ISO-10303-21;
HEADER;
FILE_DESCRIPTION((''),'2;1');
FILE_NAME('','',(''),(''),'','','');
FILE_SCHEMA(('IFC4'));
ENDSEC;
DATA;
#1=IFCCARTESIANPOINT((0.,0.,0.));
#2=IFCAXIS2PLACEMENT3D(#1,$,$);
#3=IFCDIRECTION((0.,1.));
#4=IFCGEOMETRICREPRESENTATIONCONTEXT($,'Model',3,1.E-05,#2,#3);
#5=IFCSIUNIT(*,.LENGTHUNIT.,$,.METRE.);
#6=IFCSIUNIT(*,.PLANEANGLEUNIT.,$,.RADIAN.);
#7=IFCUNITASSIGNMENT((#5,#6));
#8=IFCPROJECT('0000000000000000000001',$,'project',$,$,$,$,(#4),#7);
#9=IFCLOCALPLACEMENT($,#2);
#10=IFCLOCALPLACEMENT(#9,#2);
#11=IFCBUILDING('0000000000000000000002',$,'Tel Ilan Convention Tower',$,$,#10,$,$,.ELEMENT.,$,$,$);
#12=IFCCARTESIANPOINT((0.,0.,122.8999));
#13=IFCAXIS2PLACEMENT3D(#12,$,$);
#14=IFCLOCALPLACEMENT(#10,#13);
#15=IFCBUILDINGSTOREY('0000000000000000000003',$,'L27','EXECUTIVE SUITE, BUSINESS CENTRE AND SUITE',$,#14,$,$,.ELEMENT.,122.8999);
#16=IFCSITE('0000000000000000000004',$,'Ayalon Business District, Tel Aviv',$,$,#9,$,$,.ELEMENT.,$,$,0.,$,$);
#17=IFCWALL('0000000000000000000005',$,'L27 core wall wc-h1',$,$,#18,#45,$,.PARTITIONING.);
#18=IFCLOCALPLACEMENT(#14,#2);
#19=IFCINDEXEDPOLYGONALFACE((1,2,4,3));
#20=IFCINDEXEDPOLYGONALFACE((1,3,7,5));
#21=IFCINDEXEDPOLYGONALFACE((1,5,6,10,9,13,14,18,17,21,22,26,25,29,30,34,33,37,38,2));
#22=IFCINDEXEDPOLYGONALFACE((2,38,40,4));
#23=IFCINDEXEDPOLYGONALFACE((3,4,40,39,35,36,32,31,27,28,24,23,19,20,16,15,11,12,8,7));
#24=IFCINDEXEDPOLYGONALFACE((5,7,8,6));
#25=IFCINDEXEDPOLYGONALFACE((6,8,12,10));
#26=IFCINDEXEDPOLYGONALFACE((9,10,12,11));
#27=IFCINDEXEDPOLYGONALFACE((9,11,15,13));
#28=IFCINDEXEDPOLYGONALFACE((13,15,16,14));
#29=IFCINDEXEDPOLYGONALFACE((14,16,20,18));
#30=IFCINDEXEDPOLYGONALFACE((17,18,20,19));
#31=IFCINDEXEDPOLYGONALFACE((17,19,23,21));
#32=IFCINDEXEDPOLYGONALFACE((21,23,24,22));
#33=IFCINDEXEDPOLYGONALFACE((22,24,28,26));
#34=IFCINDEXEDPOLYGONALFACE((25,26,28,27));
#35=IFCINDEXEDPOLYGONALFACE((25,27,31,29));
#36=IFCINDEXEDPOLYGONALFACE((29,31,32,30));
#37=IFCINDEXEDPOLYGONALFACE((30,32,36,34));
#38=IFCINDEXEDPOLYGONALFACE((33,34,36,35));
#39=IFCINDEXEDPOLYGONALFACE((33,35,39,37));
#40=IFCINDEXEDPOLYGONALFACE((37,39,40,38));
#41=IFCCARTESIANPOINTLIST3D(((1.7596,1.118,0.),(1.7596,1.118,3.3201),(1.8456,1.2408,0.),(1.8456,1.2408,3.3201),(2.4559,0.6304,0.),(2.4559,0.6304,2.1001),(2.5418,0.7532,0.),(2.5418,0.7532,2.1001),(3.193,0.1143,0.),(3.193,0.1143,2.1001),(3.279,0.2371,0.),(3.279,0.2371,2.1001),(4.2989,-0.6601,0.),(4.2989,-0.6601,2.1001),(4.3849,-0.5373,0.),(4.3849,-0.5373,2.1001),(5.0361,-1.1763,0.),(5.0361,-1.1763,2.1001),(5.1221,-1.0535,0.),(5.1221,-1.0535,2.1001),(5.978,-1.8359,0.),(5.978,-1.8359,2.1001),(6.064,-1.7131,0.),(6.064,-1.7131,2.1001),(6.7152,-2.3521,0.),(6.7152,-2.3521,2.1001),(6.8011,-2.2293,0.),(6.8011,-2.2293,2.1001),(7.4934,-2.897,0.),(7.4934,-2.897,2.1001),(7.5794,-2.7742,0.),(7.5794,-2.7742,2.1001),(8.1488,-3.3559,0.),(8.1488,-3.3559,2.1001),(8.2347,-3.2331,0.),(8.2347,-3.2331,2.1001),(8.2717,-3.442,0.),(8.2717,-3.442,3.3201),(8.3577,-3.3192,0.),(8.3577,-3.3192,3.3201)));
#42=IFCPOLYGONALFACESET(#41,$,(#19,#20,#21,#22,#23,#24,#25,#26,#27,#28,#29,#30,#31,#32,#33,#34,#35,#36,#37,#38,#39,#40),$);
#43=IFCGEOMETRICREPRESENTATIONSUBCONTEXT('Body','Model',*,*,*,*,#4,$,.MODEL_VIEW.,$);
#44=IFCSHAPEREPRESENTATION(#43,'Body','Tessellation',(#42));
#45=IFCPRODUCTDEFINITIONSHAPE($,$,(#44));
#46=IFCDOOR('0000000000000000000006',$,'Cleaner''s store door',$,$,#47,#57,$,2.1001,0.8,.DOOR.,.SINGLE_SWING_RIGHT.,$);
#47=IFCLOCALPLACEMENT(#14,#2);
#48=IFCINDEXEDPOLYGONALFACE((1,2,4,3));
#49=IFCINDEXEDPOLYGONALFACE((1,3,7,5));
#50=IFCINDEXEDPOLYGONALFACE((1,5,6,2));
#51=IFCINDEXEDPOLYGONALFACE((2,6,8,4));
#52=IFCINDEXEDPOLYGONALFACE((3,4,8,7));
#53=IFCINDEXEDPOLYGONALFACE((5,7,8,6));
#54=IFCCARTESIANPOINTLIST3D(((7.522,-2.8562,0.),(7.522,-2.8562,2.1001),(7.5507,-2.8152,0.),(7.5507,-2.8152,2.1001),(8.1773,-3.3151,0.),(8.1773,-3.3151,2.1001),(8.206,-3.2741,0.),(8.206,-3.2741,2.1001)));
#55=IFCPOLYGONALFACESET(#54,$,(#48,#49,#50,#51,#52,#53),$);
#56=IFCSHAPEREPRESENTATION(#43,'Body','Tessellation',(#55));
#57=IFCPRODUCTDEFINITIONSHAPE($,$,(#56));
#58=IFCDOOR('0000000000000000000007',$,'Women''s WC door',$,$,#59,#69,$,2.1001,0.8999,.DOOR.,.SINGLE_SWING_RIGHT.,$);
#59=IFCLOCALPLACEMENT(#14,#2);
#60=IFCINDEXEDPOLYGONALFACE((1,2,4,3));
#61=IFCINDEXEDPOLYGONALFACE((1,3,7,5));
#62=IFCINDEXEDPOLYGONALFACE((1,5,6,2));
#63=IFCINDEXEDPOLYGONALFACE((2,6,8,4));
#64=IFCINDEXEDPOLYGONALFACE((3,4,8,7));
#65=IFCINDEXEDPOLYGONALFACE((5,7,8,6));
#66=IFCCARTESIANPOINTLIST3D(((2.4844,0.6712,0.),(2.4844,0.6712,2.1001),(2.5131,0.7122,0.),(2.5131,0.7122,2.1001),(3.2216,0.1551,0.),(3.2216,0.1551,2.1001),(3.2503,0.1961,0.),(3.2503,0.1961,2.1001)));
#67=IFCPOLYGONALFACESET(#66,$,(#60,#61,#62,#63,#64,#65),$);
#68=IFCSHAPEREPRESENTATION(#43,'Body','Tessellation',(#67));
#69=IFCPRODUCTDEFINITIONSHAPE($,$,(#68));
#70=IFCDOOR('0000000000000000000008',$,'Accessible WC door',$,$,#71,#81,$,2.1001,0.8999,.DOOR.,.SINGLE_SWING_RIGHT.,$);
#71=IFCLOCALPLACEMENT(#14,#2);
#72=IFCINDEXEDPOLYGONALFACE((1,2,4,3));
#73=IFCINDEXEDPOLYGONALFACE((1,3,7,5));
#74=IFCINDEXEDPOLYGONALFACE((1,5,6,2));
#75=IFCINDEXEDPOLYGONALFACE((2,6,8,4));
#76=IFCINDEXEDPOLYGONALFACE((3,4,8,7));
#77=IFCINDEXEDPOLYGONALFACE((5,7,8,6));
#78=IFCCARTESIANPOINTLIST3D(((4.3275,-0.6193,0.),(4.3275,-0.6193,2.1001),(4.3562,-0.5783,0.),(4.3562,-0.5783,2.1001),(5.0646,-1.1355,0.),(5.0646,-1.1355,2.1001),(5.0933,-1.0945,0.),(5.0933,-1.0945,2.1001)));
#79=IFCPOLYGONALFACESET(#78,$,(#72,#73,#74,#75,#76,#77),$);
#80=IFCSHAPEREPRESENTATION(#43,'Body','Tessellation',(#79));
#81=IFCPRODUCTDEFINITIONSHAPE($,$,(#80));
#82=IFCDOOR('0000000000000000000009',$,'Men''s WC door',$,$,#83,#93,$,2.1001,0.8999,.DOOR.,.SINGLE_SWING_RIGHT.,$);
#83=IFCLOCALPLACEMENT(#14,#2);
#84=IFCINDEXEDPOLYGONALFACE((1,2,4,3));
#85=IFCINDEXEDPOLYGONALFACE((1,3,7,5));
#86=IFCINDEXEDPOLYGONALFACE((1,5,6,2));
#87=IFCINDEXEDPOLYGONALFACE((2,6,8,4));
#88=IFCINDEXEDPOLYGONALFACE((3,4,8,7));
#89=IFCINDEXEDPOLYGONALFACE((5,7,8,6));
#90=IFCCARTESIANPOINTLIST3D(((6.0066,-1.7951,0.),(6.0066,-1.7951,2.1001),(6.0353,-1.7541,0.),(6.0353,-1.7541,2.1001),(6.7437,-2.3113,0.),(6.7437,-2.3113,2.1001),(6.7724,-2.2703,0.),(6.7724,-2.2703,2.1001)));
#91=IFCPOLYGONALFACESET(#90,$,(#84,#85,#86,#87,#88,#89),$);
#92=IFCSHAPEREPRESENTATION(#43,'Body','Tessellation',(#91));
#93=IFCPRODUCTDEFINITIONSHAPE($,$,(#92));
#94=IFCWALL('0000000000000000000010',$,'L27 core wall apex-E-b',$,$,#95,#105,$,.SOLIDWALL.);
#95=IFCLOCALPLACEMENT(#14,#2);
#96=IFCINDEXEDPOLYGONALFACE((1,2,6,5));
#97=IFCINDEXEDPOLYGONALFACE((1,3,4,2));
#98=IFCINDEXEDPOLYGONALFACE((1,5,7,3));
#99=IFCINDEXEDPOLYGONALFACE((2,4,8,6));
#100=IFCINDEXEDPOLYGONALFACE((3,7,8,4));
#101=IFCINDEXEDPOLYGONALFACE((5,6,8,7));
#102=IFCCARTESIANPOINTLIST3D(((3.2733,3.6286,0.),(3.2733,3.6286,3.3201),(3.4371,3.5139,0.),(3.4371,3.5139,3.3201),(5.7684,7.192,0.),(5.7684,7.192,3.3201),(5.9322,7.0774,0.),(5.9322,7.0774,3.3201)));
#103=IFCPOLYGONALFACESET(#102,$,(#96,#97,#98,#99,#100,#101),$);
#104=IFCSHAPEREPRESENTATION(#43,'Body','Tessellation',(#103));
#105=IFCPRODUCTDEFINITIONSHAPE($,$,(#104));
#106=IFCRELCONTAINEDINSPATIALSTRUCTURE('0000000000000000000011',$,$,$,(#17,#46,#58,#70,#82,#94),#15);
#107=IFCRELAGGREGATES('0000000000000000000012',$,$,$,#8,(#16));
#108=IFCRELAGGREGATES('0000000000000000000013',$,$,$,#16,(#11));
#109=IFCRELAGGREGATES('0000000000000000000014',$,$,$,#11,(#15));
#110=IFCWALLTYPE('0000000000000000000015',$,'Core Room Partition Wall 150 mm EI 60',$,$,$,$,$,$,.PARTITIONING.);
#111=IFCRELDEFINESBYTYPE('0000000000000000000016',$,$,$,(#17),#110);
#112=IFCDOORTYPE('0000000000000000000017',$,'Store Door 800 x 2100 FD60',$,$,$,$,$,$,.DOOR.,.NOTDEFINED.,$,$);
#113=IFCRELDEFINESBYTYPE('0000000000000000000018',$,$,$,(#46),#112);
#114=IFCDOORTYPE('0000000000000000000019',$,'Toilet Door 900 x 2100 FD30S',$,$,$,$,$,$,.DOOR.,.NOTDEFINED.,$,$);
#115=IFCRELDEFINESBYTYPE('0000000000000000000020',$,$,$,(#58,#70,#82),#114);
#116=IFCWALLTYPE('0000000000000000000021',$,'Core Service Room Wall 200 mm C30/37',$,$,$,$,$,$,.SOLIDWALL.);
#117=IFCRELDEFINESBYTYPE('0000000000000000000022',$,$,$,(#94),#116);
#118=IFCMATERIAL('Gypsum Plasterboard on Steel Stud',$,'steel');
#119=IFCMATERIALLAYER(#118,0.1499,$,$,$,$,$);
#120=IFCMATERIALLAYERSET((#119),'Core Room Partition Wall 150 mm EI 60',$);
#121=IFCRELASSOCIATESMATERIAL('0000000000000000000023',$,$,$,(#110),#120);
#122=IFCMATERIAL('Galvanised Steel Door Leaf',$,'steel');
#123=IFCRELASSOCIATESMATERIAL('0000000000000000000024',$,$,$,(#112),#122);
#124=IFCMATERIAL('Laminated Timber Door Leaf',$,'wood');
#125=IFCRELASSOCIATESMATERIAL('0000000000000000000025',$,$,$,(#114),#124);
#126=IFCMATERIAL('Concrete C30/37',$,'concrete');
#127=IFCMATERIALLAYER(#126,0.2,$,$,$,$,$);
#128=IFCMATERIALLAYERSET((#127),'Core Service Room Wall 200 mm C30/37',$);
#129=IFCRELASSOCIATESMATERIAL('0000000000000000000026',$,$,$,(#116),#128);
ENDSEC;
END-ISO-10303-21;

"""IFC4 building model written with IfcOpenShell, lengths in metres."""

from ifc_helpers import new_model, si_unit, direction, frame, frame_2d, origin, place, context, subcontext, project, spatial, rectangle, extrude, material, layer, layer_set, type_object, element, fill, save


model = new_model("IFC4")

# Units and contexts
model_context = context("Model", 3, precision=1e-05, world=origin(), true_north=direction((0.0, 1.0)))
body_context = subcontext(model_context, "Body", "Model", "MODEL_VIEW")
ifc_project = project(units=[si_unit("LENGTHUNIT", "METRE"), si_unit("PLANEANGLEUNIT", "RADIAN")], contexts=[model_context])

# Site, building, storey
site_placement = place(None, origin())
site = spatial("IfcSite", under=ifc_project, at=site_placement, Name="Ayalon Business District, Tel Aviv", CompositionType="ELEMENT", RefElevation=0.0)
building_placement = place(site_placement, origin())
building = spatial("IfcBuilding", under=site, at=building_placement, Name="Tel Ilan Convention Tower", CompositionType="ELEMENT")
storey_placement = place(building_placement, frame((0.0, 0.0, 122.8999)))
storey = spatial("IfcBuildingStorey", under=building, at=storey_placement, Name="L27", Description="EXECUTIVE SUITE, BUSINESS CENTRE AND SUITE", CompositionType="ELEMENT", Elevation=122.8999)

# Wall, openings, doors
ifc_material_1 = material(Name="Gypsum Plasterboard on Steel Stud", Category="steel")
ifc_layer_1 = layer(ifc_material_1, 0.1499)
ifc_layer_set_1 = layer_set([ifc_layer_1], Name="Core Room Partition Wall 150 mm EI 60")
wall_type_1 = type_object("IfcWallType", Name="Core Room Partition Wall 150 mm EI 60", PredefinedType="PARTITIONING", material=ifc_layer_set_1)
wall_1_placement = place(storey_placement, frame((1.8025, 1.1794, 0.0), z_axis=(0.0, 0.0, 1.0), x_axis=(0.819142, -0.57359, 0.0)))
wall_1 = element("IfcWall", 1, at=wall_1_placement, inside=storey, type_object=wall_type_1, Name="L27 core wall wc-h1", PredefinedType="PARTITIONING", context=body_context, shape_type="SweptSolid", body=[
    extrude(rectangle(XDim=7.95, YDim=0.1499, at=frame_2d((3.9751, 0.0))), origin(), (0.0, 0.0, 1.0), 3.3201),
])
opening_1_placement = place(wall_1_placement, frame((0.8501, 0.0, 0.0)))
opening_1 = element("IfcOpeningElement", 2, at=opening_1_placement, cuts=wall_1, PredefinedType="OPENING", context=body_context, shape_type="SweptSolid", body=[
    extrude(rectangle(XDim=0.8999, YDim=2.1001, at=frame_2d((0.45, 1.05))), frame((0.0, 0.085, 0.0), z_axis=(0.0, -1.0, 0.0), x_axis=(1.0, 0.0, 0.0)), (0.0, 0.0, 1.0), 0.1699),
])
opening_2_placement = place(wall_1_placement, frame((3.1001, 0.0, 0.0)))
opening_2 = element("IfcOpeningElement", 3, at=opening_2_placement, cuts=wall_1, PredefinedType="OPENING", context=body_context, shape_type="SweptSolid", body=[
    extrude(rectangle(XDim=0.8999, YDim=2.1001, at=frame_2d((0.45, 1.05))), frame((0.0, 0.085, 0.0), z_axis=(0.0, -1.0, 0.0), x_axis=(1.0, 0.0, 0.0)), (0.0, 0.0, 1.0), 0.1699),
])
opening_3_placement = place(wall_1_placement, frame((5.1499, 0.0, 0.0)))
opening_3 = element("IfcOpeningElement", 4, at=opening_3_placement, cuts=wall_1, PredefinedType="OPENING", context=body_context, shape_type="SweptSolid", body=[
    extrude(rectangle(XDim=0.8999, YDim=2.1001, at=frame_2d((0.45, 1.05))), frame((0.0, 0.085, 0.0), z_axis=(0.0, -1.0, 0.0), x_axis=(1.0, 0.0, 0.0)), (0.0, 0.0, 1.0), 0.1699),
])
opening_4_placement = place(wall_1_placement, frame((7.0, 0.0, 0.0)))
opening_4 = element("IfcOpeningElement", 5, at=opening_4_placement, cuts=wall_1, PredefinedType="OPENING", context=body_context, shape_type="SweptSolid", body=[
    extrude(rectangle(XDim=0.8, YDim=2.1001, at=frame_2d((0.3999, 1.05))), frame((0.0, 0.085, 0.0), z_axis=(0.0, -1.0, 0.0), x_axis=(1.0, 0.0, 0.0)), (0.0, 0.0, 1.0), 0.1699),
])
ifc_material_2 = material(Name="Galvanised Steel Door Leaf", Category="steel")
door_type_1 = type_object("IfcDoorType", Name="Store Door 800 x 2100 FD60", OperationType="NOTDEFINED", PredefinedType="DOOR", material=ifc_material_2)
door_1_placement = place(opening_4_placement, origin())
door_1 = element("IfcDoor", 6, at=door_1_placement, inside=storey, type_object=door_type_1, Name="Cleaner's store door", OperationType="SINGLE_SWING_RIGHT", OverallHeight=2.1001, OverallWidth=0.8, PredefinedType="DOOR", context=body_context, shape_type="SweptSolid", body=[
    extrude(rectangle(XDim=0.8, YDim=2.1001, at=frame_2d((0.3999, 1.05))), frame((0.0, 0.0249, 0.0), z_axis=(0.0, -1.0, 0.0), x_axis=(1.0, 0.0, 0.0)), (0.0, 0.0, 1.0), 0.05),
])
fill(opening_4, door_1)
ifc_material_3 = material(Name="Laminated Timber Door Leaf", Category="wood")
door_type_2 = type_object("IfcDoorType", Name="Toilet Door 900 x 2100 FD30S", OperationType="NOTDEFINED", PredefinedType="DOOR", material=ifc_material_3)
door_2_placement = place(opening_1_placement, origin())
door_2 = element("IfcDoor", 7, at=door_2_placement, inside=storey, type_object=door_type_2, Name="Women's WC door", OperationType="SINGLE_SWING_RIGHT", OverallHeight=2.1001, OverallWidth=0.8999, PredefinedType="DOOR", context=body_context, shape_type="SweptSolid", body=[
    extrude(rectangle(XDim=0.8999, YDim=2.1001, at=frame_2d((0.45, 1.05))), frame((0.0, 0.0249, 0.0), z_axis=(0.0, -1.0, 0.0), x_axis=(1.0, 0.0, 0.0)), (0.0, 0.0, 1.0), 0.05),
])
fill(opening_1, door_2)
door_3_placement = place(opening_2_placement, origin())
door_3 = element("IfcDoor", 8, at=door_3_placement, inside=storey, type_object=door_type_2, Name="Accessible WC door", OperationType="SINGLE_SWING_RIGHT", OverallHeight=2.1001, OverallWidth=0.8999, PredefinedType="DOOR", context=body_context, shape_type="SweptSolid", body=[
    extrude(rectangle(XDim=0.8999, YDim=2.1001, at=frame_2d((0.45, 1.05))), frame((0.0, 0.0249, 0.0), z_axis=(0.0, -1.0, 0.0), x_axis=(1.0, 0.0, 0.0)), (0.0, 0.0, 1.0), 0.05),
])
fill(opening_2, door_3)
door_4_placement = place(opening_3_placement, origin())
door_4 = element("IfcDoor", 9, at=door_4_placement, inside=storey, type_object=door_type_2, Name="Men's WC door", OperationType="SINGLE_SWING_RIGHT", OverallHeight=2.1001, OverallWidth=0.8999, PredefinedType="DOOR", context=body_context, shape_type="SweptSolid", body=[
    extrude(rectangle(XDim=0.8999, YDim=2.1001, at=frame_2d((0.45, 1.05))), frame((0.0, 0.0249, 0.0), z_axis=(0.0, -1.0, 0.0), x_axis=(1.0, 0.0, 0.0)), (0.0, 0.0, 1.0), 0.05),
])
fill(opening_3, door_4)

# Wall
ifc_material_4 = material(Name="Concrete C30/37", Category="concrete")
ifc_layer_2 = layer(ifc_material_4, 0.2)
ifc_layer_set_2 = layer_set([ifc_layer_2], Name="Core Service Room Wall 200 mm C30/37")
wall_type_2 = type_object("IfcWallType", Name="Core Service Room Wall 200 mm C30/37", PredefinedType="SOLIDWALL", material=ifc_layer_set_2)
wall_2_placement = place(storey_placement, frame((3.3552, 3.5713, 0.0), z_axis=(0.0, 0.0, 1.0), x_axis=(0.573568, 0.819158, 0.0)))
element("IfcWall", 10, at=wall_2_placement, inside=storey, type_object=wall_type_2, Name="L27 core wall apex-E-b", PredefinedType="SOLIDWALL", context=body_context, shape_type="SweptSolid", body=[
    extrude(rectangle(XDim=4.3501, YDim=0.2, at=frame_2d((2.175, 0.0))), origin(), (0.0, 0.0, 1.0), 3.3201),
])

save(model, "model.ifc")
